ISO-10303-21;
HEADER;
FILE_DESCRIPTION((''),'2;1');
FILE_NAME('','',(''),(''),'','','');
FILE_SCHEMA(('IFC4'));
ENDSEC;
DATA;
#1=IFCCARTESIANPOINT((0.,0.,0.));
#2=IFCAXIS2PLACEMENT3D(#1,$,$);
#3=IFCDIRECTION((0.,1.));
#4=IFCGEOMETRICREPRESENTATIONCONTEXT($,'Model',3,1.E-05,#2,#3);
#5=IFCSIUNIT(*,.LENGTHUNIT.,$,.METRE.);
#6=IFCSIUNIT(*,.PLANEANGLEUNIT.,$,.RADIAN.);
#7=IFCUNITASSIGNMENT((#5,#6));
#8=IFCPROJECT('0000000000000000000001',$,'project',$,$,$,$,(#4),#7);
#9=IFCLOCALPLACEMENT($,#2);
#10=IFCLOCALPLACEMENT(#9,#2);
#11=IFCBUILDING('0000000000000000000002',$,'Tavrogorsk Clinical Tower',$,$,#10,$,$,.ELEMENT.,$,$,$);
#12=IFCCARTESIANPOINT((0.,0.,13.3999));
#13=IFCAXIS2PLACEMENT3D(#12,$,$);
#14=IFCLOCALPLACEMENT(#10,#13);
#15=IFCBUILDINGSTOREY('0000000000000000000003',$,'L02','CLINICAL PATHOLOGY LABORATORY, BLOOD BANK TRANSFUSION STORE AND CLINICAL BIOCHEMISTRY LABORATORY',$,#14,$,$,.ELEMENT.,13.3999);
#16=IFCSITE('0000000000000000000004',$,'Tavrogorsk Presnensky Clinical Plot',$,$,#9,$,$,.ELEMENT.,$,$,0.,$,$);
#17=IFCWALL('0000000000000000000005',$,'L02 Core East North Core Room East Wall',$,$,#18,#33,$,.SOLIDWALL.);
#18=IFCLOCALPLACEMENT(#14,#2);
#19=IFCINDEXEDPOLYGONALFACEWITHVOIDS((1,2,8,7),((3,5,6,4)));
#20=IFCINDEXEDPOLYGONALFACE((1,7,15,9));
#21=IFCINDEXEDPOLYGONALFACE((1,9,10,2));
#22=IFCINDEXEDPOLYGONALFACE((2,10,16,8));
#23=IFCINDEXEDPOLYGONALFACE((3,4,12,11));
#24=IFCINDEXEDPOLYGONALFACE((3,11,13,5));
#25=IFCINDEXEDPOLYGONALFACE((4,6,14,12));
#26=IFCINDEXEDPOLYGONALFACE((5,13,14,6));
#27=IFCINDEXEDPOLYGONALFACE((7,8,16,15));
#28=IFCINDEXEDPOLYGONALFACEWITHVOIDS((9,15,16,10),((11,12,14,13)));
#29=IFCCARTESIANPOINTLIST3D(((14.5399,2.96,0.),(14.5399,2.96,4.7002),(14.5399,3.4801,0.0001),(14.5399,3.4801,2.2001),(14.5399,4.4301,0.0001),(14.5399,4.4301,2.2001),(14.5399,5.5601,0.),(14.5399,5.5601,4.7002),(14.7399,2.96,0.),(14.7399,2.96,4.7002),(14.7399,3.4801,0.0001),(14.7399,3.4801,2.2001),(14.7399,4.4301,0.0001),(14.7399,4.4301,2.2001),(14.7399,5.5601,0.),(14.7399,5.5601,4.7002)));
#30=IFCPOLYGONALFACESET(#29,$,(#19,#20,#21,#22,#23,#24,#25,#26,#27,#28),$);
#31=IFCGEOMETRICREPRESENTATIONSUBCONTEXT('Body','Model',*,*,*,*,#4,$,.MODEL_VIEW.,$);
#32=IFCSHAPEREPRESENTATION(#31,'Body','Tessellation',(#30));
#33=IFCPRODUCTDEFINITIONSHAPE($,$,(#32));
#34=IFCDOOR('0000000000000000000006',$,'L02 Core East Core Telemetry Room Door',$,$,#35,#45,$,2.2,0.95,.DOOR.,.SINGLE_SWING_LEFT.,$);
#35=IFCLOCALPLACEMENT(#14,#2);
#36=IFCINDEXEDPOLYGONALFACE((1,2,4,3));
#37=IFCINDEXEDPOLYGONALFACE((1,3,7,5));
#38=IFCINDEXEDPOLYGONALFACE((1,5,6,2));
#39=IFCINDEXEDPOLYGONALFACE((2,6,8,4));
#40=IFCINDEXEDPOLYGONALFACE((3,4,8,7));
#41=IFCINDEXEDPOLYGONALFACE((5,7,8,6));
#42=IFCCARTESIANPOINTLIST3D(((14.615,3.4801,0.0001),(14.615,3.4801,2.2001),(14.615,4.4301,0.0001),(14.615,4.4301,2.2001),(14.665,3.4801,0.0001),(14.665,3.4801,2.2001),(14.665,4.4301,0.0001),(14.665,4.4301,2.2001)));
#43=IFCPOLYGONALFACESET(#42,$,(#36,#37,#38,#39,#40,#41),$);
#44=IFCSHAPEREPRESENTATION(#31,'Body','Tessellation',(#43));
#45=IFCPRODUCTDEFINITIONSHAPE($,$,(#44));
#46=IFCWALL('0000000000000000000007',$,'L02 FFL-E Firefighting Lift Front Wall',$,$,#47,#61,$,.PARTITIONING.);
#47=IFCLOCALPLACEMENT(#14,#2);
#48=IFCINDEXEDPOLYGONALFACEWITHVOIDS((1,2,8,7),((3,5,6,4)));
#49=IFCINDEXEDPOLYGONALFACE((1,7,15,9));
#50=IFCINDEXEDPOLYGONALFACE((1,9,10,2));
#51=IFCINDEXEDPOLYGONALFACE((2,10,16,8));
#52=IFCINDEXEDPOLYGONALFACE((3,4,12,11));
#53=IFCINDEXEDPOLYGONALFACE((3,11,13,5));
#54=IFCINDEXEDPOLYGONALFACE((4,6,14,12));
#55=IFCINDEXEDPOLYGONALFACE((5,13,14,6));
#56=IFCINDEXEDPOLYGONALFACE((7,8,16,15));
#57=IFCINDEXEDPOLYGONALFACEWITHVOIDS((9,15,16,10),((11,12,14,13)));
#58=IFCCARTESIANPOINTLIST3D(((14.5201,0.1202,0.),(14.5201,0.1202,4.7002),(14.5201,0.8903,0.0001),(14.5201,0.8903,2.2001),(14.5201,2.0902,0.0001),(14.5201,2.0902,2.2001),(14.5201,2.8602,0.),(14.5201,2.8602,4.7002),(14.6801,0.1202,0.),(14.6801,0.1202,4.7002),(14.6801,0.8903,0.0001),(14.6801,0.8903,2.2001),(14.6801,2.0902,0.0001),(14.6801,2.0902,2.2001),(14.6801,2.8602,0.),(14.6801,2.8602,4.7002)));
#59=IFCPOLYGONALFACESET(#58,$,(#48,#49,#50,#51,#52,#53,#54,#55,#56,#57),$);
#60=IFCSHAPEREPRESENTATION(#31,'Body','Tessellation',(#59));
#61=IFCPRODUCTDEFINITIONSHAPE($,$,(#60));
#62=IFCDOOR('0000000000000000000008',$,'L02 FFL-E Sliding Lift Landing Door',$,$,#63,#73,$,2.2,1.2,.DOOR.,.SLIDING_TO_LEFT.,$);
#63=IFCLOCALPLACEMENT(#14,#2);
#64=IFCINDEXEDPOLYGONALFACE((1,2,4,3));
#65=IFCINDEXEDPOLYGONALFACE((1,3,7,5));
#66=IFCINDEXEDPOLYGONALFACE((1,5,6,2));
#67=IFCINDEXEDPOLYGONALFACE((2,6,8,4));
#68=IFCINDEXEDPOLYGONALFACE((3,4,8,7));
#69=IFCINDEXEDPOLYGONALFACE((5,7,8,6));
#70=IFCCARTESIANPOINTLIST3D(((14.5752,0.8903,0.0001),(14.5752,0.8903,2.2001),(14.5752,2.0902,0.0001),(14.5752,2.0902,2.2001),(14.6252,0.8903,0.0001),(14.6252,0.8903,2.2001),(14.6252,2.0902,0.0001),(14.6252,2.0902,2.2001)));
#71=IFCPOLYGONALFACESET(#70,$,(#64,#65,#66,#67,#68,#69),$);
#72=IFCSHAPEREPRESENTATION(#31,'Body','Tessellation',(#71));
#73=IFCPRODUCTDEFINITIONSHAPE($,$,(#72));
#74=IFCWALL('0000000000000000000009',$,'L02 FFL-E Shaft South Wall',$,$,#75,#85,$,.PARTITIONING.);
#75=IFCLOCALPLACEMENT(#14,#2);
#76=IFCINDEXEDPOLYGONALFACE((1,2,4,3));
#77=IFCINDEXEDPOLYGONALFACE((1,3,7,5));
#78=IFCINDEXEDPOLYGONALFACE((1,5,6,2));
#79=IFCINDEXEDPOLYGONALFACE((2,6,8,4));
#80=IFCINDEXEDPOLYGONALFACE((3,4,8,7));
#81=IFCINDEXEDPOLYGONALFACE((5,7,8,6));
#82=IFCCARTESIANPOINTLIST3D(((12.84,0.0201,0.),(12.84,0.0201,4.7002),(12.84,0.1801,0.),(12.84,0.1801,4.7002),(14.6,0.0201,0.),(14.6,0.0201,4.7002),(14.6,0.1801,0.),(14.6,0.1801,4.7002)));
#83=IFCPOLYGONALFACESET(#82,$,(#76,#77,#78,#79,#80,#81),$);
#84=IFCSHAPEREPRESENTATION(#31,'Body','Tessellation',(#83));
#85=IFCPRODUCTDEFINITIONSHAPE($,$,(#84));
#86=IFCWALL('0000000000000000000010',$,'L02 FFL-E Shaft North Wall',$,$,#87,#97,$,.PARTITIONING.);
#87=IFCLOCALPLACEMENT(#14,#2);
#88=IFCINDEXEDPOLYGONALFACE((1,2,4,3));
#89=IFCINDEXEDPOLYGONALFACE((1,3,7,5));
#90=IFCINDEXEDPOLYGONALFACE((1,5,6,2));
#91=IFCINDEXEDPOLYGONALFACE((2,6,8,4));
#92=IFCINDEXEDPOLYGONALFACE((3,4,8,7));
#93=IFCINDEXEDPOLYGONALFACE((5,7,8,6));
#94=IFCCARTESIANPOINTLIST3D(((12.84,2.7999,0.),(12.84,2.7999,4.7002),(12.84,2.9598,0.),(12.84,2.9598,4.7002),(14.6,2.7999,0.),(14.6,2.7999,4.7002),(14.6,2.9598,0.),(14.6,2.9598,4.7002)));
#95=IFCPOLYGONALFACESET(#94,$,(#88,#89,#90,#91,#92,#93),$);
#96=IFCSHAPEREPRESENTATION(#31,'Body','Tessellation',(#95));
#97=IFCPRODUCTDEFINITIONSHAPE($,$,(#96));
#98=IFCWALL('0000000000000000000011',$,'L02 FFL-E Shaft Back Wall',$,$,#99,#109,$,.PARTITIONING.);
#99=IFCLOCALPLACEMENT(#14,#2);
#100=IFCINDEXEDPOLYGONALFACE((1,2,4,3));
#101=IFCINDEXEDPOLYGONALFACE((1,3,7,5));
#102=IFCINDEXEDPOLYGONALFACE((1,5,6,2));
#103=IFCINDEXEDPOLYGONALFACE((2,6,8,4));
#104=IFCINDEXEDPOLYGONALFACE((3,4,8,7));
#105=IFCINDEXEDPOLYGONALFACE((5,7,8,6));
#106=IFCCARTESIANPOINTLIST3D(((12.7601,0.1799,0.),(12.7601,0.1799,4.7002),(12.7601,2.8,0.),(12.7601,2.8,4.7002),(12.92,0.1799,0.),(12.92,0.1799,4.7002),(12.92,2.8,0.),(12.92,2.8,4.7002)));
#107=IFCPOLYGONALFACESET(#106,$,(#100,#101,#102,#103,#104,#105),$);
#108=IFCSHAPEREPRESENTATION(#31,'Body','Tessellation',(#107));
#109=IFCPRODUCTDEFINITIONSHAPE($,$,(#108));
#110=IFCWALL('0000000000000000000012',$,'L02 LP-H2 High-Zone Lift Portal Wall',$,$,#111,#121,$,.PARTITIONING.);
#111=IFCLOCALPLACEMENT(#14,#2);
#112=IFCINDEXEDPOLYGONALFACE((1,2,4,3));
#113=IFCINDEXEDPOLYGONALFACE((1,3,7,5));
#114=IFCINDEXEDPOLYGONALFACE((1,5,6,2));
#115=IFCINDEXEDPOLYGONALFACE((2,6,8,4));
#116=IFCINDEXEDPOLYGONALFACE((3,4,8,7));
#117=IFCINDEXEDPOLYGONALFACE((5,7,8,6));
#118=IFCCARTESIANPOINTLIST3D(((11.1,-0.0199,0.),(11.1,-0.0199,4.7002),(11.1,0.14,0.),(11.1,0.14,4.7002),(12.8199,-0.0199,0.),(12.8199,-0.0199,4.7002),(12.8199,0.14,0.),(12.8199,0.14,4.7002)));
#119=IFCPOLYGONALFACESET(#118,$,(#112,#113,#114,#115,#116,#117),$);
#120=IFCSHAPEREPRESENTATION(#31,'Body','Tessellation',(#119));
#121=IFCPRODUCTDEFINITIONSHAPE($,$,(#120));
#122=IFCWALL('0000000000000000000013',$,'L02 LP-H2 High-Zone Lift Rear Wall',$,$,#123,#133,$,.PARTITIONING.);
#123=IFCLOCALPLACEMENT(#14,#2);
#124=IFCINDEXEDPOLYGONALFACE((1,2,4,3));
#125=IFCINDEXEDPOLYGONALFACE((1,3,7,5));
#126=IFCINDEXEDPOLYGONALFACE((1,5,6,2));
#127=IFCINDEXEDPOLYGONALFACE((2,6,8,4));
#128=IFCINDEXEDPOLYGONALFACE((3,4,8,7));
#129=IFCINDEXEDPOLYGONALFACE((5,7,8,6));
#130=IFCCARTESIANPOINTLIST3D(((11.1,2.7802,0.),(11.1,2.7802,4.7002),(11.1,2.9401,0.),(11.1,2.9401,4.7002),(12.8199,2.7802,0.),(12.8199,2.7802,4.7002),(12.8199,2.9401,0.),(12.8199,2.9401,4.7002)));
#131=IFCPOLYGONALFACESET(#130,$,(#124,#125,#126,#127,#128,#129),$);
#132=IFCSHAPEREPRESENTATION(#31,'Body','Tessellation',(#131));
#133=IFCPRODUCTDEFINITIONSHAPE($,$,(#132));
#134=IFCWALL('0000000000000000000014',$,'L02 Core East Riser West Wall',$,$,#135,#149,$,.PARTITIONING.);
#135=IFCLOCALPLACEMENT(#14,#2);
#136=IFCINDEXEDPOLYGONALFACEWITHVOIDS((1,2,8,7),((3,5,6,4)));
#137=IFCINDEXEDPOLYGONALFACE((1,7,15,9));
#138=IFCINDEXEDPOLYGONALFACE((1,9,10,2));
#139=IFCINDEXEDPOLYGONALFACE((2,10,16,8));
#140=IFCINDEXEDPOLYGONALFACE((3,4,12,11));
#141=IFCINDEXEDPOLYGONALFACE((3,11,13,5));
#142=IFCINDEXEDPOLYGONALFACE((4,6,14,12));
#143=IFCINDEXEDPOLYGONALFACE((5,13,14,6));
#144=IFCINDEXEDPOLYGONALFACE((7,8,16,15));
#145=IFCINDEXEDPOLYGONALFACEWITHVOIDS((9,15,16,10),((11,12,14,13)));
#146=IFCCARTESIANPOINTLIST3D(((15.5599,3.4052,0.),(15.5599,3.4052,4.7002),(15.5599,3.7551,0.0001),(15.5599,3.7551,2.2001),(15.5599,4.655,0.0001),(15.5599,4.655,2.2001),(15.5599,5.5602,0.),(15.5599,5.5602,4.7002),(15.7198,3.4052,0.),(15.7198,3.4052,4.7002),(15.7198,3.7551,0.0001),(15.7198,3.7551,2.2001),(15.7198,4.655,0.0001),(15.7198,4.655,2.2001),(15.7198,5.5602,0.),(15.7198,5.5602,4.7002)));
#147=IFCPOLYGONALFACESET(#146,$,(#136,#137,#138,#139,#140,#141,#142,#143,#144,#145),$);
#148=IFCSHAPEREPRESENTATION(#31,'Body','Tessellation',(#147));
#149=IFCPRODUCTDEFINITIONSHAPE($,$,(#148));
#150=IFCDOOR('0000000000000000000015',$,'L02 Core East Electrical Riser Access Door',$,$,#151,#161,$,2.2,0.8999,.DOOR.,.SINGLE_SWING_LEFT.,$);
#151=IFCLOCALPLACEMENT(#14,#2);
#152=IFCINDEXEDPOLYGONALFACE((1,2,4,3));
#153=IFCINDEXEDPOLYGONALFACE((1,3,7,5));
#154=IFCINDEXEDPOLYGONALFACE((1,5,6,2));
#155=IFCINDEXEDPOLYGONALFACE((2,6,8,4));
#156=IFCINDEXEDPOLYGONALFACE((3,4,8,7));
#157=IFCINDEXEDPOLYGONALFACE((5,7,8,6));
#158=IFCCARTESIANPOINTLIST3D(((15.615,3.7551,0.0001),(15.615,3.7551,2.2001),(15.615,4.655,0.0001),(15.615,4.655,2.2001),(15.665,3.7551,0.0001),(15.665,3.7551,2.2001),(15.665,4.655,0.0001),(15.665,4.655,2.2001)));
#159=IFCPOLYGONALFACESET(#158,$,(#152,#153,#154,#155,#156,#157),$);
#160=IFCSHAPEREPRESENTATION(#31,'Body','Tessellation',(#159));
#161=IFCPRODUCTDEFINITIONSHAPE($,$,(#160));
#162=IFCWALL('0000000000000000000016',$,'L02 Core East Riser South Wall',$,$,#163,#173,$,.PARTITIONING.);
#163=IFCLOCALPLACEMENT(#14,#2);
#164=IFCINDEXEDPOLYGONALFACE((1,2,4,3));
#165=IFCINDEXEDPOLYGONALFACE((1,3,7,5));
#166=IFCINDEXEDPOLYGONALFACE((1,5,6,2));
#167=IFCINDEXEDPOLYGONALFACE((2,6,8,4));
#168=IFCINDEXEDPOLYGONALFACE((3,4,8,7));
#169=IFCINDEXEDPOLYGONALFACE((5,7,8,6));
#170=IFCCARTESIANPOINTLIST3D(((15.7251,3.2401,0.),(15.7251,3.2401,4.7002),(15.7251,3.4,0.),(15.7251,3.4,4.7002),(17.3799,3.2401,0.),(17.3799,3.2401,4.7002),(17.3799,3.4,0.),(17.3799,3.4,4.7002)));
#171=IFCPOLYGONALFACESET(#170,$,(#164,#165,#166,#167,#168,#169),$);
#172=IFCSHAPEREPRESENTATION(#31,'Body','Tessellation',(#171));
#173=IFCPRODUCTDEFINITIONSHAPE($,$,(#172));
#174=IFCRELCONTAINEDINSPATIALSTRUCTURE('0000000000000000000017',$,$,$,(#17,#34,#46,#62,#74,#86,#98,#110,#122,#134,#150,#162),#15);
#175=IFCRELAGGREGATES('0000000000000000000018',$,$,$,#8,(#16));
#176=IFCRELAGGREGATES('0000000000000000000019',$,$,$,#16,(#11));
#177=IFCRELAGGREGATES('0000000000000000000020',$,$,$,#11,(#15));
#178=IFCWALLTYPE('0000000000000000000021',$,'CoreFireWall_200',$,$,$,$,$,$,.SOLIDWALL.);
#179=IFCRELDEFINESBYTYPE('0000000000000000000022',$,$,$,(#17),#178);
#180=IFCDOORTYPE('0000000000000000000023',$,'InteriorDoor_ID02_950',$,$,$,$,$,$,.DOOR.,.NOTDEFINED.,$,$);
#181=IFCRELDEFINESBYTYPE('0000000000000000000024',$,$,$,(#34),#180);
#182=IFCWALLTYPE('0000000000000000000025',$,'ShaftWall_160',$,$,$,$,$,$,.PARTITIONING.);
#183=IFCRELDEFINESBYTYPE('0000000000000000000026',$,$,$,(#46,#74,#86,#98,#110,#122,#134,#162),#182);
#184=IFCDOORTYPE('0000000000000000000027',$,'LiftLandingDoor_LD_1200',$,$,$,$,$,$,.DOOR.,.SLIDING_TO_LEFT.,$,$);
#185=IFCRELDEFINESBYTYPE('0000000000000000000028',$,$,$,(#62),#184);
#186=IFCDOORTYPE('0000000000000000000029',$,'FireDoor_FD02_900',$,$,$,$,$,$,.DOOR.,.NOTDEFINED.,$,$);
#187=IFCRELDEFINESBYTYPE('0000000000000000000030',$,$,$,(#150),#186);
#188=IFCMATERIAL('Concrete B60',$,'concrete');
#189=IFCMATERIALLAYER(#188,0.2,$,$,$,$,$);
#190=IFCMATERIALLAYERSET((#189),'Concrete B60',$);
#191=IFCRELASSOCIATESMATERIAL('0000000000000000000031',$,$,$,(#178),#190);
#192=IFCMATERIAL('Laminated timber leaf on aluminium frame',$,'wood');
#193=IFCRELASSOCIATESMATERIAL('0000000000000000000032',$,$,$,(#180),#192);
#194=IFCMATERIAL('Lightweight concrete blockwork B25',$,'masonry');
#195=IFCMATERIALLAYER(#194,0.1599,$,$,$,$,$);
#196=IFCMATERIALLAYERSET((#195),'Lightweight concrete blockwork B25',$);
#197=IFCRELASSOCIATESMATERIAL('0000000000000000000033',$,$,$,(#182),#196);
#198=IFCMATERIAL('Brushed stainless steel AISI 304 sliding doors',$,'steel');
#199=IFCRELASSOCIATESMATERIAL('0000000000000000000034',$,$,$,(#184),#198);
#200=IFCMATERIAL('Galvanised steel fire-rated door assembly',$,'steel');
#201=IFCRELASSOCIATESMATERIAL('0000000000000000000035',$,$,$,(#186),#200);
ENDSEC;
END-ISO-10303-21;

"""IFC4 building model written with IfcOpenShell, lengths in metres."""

from ifc_helpers import new_model, si_unit, direction, frame, frame_2d, origin, place, context, subcontext, project, spatial, rectangle, extrude, material, layer, layer_set, type_object, element, fill, save


model = new_model("IFC4")

# Units and contexts
model_context = context("Model", 3, precision=1e-05, world=origin(), true_north=direction((0.0, 1.0)))
body_context = subcontext(model_context, "Body", "Model", "MODEL_VIEW")
ifc_project = project(units=[si_unit("LENGTHUNIT", "METRE"), si_unit("PLANEANGLEUNIT", "RADIAN")], contexts=[model_context])

# Site, building, storey
site_placement = place(None, origin())
site = spatial("IfcSite", under=ifc_project, at=site_placement, Name="Tavrogorsk Presnensky Clinical Plot", CompositionType="ELEMENT", RefElevation=0.0)
building_placement = place(site_placement, origin())
building = spatial("IfcBuilding", under=site, at=building_placement, Name="Tavrogorsk Clinical Tower", CompositionType="ELEMENT")
storey_placement = place(building_placement, frame((0.0, 0.0, 13.3999)))
storey = spatial("IfcBuildingStorey", under=building, at=storey_placement, Name="L02", Description="CLINICAL PATHOLOGY LABORATORY, BLOOD BANK TRANSFUSION STORE AND CLINICAL BIOCHEMISTRY LABORATORY", CompositionType="ELEMENT", Elevation=13.3999)

# Walls, openings, doors
ifc_material_1 = material(Name="Concrete B60", Category="concrete")
ifc_layer_1 = layer(ifc_material_1, 0.2)
ifc_layer_set_1 = layer_set([ifc_layer_1], Name="Concrete B60")
wall_type_1 = type_object("IfcWallType", Name="CoreFireWall_200", PredefinedType="SOLIDWALL", material=ifc_layer_set_1)
wall_1_placement = place(storey_placement, frame((14.6399, 2.96, 0.0), z_axis=(0.0, 0.0, 1.0), x_axis=(0.0, 1.0, 0.0)))
wall_1 = element("IfcWall", 1, at=wall_1_placement, inside=storey, type_object=wall_type_1, Name="L02 Core East North Core Room East Wall", PredefinedType="SOLIDWALL", context=body_context, shape_type="SweptSolid", body=[
    extrude(rectangle(XDim=2.6001, YDim=0.2, at=frame_2d((1.3, 0.0))), origin(), (0.0, 0.0, 1.0), 4.7002),
])
opening_1_placement = place(wall_1_placement, frame((0.52, 0.0, 0.0)))
opening_1 = element("IfcOpeningElement", 2, at=opening_1_placement, cuts=wall_1, PredefinedType="OPENING", context=body_context, shape_type="SweptSolid", body=[
    extrude(rectangle(XDim=0.95, YDim=2.2, at=frame_2d((0.4751, 1.1001))), frame((0.0, 0.1099, 0.0), z_axis=(0.0, -1.0, 0.0), x_axis=(1.0, 0.0, 0.0)), (0.0, 0.0, 1.0), 0.22),
])
ifc_material_2 = material(Name="Laminated timber leaf on aluminium frame", Category="wood")
door_type_1 = type_object("IfcDoorType", Name="InteriorDoor_ID02_950", OperationType="NOTDEFINED", PredefinedType="DOOR", material=ifc_material_2)
door_1_placement = place(opening_1_placement, origin())
door_1 = element("IfcDoor", 3, at=door_1_placement, inside=storey, type_object=door_type_1, Name="L02 Core East Core Telemetry Room Door", OperationType="SINGLE_SWING_LEFT", OverallHeight=2.2, OverallWidth=0.95, PredefinedType="DOOR", context=body_context, shape_type="SweptSolid", body=[
    extrude(rectangle(XDim=0.95, YDim=2.2, at=frame_2d((0.4751, 1.1001))), frame((0.0, 0.0249, 0.0), z_axis=(0.0, -1.0, 0.0), x_axis=(1.0, 0.0, 0.0)), (0.0, 0.0, 1.0), 0.05),
])
fill(opening_1, door_1)
ifc_material_3 = material(Name="Lightweight concrete blockwork B25", Category="masonry")
ifc_layer_2 = layer(ifc_material_3, 0.1599)
ifc_layer_set_2 = layer_set([ifc_layer_2], Name="Lightweight concrete blockwork B25")
wall_type_2 = type_object("IfcWallType", Name="ShaftWall_160", PredefinedType="PARTITIONING", material=ifc_layer_set_2)
wall_2_placement = place(storey_placement, frame((14.6001, 0.1201, 0.0), z_axis=(0.0, 0.0, 1.0), x_axis=(0.0, 1.0, 0.0)))
wall_2 = element("IfcWall", 4, at=wall_2_placement, inside=storey, type_object=wall_type_2, Name="L02 FFL-E Firefighting Lift Front Wall", PredefinedType="PARTITIONING", context=body_context, shape_type="SweptSolid", body=[
    extrude(rectangle(XDim=2.74, YDim=0.1599, at=frame_2d((1.3701, 0.0))), origin(), (0.0, 0.0, 1.0), 4.7002),
])
opening_2_placement = place(wall_2_placement, frame((0.77, 0.0, 0.0)))
opening_2 = element("IfcOpeningElement", 5, at=opening_2_placement, cuts=wall_2, PredefinedType="OPENING", context=body_context, shape_type="SweptSolid", body=[
    extrude(rectangle(XDim=1.2, YDim=2.2, at=frame_2d((0.6001, 1.1001))), frame((0.0, 0.0898, 0.0), z_axis=(0.0, -1.0, 0.0), x_axis=(1.0, 0.0, 0.0)), (0.0, 0.0, 1.0), 0.1799),
])
ifc_material_4 = material(Name="Brushed stainless steel AISI 304 sliding doors", Category="steel")
door_type_2 = type_object("IfcDoorType", Name="LiftLandingDoor_LD_1200", OperationType="SLIDING_TO_LEFT", PredefinedType="DOOR", material=ifc_material_4)
door_2_placement = place(opening_2_placement, origin())
door_2 = element("IfcDoor", 6, at=door_2_placement, inside=storey, type_object=door_type_2, Name="L02 FFL-E Sliding Lift Landing Door", OperationType="SLIDING_TO_LEFT", OverallHeight=2.2, OverallWidth=1.2, PredefinedType="DOOR", context=body_context, shape_type="SweptSolid", body=[
    extrude(rectangle(XDim=1.2, YDim=2.2, at=frame_2d((0.6001, 1.1001))), frame((0.0, 0.0249, 0.0), z_axis=(0.0, -1.0, 0.0), x_axis=(1.0, 0.0, 0.0)), (0.0, 0.0, 1.0), 0.05),
])
fill(opening_2, door_2)

# Walls
for number, where, z_axis, x_axis, name in (
    (7, (12.8401, 0.1001, 0.0), (0.0, 0.0, 1.0), (1.0, 0.0, 0.0), "L02 FFL-E Shaft South Wall"),
    (8, (12.8401, 2.8799, 0.0), (0.0, 0.0, 1.0), (1.0, 0.0, 0.0), "L02 FFL-E Shaft North Wall"),
):
    element("IfcWall", number, at=place(storey_placement, frame(where, z_axis=z_axis, x_axis=x_axis)), inside=storey, type_object=wall_type_2, Name=name, PredefinedType="PARTITIONING", context=body_context, shape_type="SweptSolid", body=[
        extrude(rectangle(XDim=1.76, YDim=0.1599, at=frame_2d((0.8799, 0.0))), origin(), (0.0, 0.0, 1.0), 4.7002),
    ])
wall_3_placement = place(storey_placement, frame((12.8401, 0.1799, 0.0), z_axis=(0.0, 0.0, 1.0), x_axis=(0.0, 1.0, 0.0)))
element("IfcWall", 9, at=wall_3_placement, inside=storey, type_object=wall_type_2, Name="L02 FFL-E Shaft Back Wall", PredefinedType="PARTITIONING", context=body_context, shape_type="SweptSolid", body=[
    extrude(rectangle(XDim=2.6201, YDim=0.1599, at=frame_2d((1.3101, 0.0))), origin(), (0.0, 0.0, 1.0), 4.7002),
])
for number, where, z_axis, x_axis, name in (
    (10, (11.1001, 0.0601, 0.0), (0.0, 0.0, 1.0), (1.0, 0.0, 0.0), "L02 LP-H2 High-Zone Lift Portal Wall"),
    (11, (11.1001, 2.8601, 0.0), (0.0, 0.0, 1.0), (1.0, 0.0, 0.0), "L02 LP-H2 High-Zone Lift Rear Wall"),
):
    element("IfcWall", number, at=place(storey_placement, frame(where, z_axis=z_axis, x_axis=x_axis)), inside=storey, type_object=wall_type_2, Name=name, PredefinedType="PARTITIONING", context=body_context, shape_type="SweptSolid", body=[
        extrude(rectangle(XDim=1.72, YDim=0.1599, at=frame_2d((0.8599, 0.0))), origin(), (0.0, 0.0, 1.0), 4.7002),
    ])

# Wall, opening, door
wall_4_placement = place(storey_placement, frame((15.6399, 3.405, 0.0), z_axis=(0.0, 0.0, 1.0), x_axis=(0.0, 1.0, 0.0)))
wall_4 = element("IfcWall", 12, at=wall_4_placement, inside=storey, type_object=wall_type_2, Name="L02 Core East Riser West Wall", PredefinedType="PARTITIONING", context=body_context, shape_type="SweptSolid", body=[
    extrude(rectangle(XDim=2.155, YDim=0.1599, at=frame_2d((1.0776, 0.0))), origin(), (0.0, 0.0, 1.0), 4.7002),
])
opening_3_placement = place(wall_4_placement, frame((0.3501, 0.0, 0.0)))
opening_3 = element("IfcOpeningElement", 13, at=opening_3_placement, cuts=wall_4, PredefinedType="OPENING", context=body_context, shape_type="SweptSolid", body=[
    extrude(rectangle(XDim=0.8999, YDim=2.2, at=frame_2d((0.45, 1.1001))), frame((0.0, 0.0898, 0.0), z_axis=(0.0, -1.0, 0.0), x_axis=(1.0, 0.0, 0.0)), (0.0, 0.0, 1.0), 0.1799),
])
ifc_material_5 = material(Name="Galvanised steel fire-rated door assembly", Category="steel")
door_type_3 = type_object("IfcDoorType", Name="FireDoor_FD02_900", OperationType="NOTDEFINED", PredefinedType="DOOR", material=ifc_material_5)
door_3_placement = place(opening_3_placement, origin())
door_3 = element("IfcDoor", 14, at=door_3_placement, inside=storey, type_object=door_type_3, Name="L02 Core East Electrical Riser Access Door", OperationType="SINGLE_SWING_LEFT", OverallHeight=2.2, OverallWidth=0.8999, PredefinedType="DOOR", context=body_context, shape_type="SweptSolid", body=[
    extrude(rectangle(XDim=0.8999, YDim=2.2, at=frame_2d((0.45, 1.1001))), frame((0.0, 0.0249, 0.0), z_axis=(0.0, -1.0, 0.0), x_axis=(1.0, 0.0, 0.0)), (0.0, 0.0, 1.0), 0.05),
])
fill(opening_3, door_3)

# Wall
wall_5_placement = place(storey_placement, frame((15.7251, 3.3201, 0.0), z_axis=(0.0, 0.0, 1.0), x_axis=(1.0, 0.0, 0.0)))
element("IfcWall", 15, at=wall_5_placement, inside=storey, type_object=wall_type_2, Name="L02 Core East Riser South Wall", PredefinedType="PARTITIONING", context=body_context, shape_type="SweptSolid", body=[
    extrude(rectangle(XDim=1.6548, YDim=0.1599, at=frame_2d((0.8274, 0.0))), origin(), (0.0, 0.0, 1.0), 4.7002),
])

save(model, "model.ifc")
